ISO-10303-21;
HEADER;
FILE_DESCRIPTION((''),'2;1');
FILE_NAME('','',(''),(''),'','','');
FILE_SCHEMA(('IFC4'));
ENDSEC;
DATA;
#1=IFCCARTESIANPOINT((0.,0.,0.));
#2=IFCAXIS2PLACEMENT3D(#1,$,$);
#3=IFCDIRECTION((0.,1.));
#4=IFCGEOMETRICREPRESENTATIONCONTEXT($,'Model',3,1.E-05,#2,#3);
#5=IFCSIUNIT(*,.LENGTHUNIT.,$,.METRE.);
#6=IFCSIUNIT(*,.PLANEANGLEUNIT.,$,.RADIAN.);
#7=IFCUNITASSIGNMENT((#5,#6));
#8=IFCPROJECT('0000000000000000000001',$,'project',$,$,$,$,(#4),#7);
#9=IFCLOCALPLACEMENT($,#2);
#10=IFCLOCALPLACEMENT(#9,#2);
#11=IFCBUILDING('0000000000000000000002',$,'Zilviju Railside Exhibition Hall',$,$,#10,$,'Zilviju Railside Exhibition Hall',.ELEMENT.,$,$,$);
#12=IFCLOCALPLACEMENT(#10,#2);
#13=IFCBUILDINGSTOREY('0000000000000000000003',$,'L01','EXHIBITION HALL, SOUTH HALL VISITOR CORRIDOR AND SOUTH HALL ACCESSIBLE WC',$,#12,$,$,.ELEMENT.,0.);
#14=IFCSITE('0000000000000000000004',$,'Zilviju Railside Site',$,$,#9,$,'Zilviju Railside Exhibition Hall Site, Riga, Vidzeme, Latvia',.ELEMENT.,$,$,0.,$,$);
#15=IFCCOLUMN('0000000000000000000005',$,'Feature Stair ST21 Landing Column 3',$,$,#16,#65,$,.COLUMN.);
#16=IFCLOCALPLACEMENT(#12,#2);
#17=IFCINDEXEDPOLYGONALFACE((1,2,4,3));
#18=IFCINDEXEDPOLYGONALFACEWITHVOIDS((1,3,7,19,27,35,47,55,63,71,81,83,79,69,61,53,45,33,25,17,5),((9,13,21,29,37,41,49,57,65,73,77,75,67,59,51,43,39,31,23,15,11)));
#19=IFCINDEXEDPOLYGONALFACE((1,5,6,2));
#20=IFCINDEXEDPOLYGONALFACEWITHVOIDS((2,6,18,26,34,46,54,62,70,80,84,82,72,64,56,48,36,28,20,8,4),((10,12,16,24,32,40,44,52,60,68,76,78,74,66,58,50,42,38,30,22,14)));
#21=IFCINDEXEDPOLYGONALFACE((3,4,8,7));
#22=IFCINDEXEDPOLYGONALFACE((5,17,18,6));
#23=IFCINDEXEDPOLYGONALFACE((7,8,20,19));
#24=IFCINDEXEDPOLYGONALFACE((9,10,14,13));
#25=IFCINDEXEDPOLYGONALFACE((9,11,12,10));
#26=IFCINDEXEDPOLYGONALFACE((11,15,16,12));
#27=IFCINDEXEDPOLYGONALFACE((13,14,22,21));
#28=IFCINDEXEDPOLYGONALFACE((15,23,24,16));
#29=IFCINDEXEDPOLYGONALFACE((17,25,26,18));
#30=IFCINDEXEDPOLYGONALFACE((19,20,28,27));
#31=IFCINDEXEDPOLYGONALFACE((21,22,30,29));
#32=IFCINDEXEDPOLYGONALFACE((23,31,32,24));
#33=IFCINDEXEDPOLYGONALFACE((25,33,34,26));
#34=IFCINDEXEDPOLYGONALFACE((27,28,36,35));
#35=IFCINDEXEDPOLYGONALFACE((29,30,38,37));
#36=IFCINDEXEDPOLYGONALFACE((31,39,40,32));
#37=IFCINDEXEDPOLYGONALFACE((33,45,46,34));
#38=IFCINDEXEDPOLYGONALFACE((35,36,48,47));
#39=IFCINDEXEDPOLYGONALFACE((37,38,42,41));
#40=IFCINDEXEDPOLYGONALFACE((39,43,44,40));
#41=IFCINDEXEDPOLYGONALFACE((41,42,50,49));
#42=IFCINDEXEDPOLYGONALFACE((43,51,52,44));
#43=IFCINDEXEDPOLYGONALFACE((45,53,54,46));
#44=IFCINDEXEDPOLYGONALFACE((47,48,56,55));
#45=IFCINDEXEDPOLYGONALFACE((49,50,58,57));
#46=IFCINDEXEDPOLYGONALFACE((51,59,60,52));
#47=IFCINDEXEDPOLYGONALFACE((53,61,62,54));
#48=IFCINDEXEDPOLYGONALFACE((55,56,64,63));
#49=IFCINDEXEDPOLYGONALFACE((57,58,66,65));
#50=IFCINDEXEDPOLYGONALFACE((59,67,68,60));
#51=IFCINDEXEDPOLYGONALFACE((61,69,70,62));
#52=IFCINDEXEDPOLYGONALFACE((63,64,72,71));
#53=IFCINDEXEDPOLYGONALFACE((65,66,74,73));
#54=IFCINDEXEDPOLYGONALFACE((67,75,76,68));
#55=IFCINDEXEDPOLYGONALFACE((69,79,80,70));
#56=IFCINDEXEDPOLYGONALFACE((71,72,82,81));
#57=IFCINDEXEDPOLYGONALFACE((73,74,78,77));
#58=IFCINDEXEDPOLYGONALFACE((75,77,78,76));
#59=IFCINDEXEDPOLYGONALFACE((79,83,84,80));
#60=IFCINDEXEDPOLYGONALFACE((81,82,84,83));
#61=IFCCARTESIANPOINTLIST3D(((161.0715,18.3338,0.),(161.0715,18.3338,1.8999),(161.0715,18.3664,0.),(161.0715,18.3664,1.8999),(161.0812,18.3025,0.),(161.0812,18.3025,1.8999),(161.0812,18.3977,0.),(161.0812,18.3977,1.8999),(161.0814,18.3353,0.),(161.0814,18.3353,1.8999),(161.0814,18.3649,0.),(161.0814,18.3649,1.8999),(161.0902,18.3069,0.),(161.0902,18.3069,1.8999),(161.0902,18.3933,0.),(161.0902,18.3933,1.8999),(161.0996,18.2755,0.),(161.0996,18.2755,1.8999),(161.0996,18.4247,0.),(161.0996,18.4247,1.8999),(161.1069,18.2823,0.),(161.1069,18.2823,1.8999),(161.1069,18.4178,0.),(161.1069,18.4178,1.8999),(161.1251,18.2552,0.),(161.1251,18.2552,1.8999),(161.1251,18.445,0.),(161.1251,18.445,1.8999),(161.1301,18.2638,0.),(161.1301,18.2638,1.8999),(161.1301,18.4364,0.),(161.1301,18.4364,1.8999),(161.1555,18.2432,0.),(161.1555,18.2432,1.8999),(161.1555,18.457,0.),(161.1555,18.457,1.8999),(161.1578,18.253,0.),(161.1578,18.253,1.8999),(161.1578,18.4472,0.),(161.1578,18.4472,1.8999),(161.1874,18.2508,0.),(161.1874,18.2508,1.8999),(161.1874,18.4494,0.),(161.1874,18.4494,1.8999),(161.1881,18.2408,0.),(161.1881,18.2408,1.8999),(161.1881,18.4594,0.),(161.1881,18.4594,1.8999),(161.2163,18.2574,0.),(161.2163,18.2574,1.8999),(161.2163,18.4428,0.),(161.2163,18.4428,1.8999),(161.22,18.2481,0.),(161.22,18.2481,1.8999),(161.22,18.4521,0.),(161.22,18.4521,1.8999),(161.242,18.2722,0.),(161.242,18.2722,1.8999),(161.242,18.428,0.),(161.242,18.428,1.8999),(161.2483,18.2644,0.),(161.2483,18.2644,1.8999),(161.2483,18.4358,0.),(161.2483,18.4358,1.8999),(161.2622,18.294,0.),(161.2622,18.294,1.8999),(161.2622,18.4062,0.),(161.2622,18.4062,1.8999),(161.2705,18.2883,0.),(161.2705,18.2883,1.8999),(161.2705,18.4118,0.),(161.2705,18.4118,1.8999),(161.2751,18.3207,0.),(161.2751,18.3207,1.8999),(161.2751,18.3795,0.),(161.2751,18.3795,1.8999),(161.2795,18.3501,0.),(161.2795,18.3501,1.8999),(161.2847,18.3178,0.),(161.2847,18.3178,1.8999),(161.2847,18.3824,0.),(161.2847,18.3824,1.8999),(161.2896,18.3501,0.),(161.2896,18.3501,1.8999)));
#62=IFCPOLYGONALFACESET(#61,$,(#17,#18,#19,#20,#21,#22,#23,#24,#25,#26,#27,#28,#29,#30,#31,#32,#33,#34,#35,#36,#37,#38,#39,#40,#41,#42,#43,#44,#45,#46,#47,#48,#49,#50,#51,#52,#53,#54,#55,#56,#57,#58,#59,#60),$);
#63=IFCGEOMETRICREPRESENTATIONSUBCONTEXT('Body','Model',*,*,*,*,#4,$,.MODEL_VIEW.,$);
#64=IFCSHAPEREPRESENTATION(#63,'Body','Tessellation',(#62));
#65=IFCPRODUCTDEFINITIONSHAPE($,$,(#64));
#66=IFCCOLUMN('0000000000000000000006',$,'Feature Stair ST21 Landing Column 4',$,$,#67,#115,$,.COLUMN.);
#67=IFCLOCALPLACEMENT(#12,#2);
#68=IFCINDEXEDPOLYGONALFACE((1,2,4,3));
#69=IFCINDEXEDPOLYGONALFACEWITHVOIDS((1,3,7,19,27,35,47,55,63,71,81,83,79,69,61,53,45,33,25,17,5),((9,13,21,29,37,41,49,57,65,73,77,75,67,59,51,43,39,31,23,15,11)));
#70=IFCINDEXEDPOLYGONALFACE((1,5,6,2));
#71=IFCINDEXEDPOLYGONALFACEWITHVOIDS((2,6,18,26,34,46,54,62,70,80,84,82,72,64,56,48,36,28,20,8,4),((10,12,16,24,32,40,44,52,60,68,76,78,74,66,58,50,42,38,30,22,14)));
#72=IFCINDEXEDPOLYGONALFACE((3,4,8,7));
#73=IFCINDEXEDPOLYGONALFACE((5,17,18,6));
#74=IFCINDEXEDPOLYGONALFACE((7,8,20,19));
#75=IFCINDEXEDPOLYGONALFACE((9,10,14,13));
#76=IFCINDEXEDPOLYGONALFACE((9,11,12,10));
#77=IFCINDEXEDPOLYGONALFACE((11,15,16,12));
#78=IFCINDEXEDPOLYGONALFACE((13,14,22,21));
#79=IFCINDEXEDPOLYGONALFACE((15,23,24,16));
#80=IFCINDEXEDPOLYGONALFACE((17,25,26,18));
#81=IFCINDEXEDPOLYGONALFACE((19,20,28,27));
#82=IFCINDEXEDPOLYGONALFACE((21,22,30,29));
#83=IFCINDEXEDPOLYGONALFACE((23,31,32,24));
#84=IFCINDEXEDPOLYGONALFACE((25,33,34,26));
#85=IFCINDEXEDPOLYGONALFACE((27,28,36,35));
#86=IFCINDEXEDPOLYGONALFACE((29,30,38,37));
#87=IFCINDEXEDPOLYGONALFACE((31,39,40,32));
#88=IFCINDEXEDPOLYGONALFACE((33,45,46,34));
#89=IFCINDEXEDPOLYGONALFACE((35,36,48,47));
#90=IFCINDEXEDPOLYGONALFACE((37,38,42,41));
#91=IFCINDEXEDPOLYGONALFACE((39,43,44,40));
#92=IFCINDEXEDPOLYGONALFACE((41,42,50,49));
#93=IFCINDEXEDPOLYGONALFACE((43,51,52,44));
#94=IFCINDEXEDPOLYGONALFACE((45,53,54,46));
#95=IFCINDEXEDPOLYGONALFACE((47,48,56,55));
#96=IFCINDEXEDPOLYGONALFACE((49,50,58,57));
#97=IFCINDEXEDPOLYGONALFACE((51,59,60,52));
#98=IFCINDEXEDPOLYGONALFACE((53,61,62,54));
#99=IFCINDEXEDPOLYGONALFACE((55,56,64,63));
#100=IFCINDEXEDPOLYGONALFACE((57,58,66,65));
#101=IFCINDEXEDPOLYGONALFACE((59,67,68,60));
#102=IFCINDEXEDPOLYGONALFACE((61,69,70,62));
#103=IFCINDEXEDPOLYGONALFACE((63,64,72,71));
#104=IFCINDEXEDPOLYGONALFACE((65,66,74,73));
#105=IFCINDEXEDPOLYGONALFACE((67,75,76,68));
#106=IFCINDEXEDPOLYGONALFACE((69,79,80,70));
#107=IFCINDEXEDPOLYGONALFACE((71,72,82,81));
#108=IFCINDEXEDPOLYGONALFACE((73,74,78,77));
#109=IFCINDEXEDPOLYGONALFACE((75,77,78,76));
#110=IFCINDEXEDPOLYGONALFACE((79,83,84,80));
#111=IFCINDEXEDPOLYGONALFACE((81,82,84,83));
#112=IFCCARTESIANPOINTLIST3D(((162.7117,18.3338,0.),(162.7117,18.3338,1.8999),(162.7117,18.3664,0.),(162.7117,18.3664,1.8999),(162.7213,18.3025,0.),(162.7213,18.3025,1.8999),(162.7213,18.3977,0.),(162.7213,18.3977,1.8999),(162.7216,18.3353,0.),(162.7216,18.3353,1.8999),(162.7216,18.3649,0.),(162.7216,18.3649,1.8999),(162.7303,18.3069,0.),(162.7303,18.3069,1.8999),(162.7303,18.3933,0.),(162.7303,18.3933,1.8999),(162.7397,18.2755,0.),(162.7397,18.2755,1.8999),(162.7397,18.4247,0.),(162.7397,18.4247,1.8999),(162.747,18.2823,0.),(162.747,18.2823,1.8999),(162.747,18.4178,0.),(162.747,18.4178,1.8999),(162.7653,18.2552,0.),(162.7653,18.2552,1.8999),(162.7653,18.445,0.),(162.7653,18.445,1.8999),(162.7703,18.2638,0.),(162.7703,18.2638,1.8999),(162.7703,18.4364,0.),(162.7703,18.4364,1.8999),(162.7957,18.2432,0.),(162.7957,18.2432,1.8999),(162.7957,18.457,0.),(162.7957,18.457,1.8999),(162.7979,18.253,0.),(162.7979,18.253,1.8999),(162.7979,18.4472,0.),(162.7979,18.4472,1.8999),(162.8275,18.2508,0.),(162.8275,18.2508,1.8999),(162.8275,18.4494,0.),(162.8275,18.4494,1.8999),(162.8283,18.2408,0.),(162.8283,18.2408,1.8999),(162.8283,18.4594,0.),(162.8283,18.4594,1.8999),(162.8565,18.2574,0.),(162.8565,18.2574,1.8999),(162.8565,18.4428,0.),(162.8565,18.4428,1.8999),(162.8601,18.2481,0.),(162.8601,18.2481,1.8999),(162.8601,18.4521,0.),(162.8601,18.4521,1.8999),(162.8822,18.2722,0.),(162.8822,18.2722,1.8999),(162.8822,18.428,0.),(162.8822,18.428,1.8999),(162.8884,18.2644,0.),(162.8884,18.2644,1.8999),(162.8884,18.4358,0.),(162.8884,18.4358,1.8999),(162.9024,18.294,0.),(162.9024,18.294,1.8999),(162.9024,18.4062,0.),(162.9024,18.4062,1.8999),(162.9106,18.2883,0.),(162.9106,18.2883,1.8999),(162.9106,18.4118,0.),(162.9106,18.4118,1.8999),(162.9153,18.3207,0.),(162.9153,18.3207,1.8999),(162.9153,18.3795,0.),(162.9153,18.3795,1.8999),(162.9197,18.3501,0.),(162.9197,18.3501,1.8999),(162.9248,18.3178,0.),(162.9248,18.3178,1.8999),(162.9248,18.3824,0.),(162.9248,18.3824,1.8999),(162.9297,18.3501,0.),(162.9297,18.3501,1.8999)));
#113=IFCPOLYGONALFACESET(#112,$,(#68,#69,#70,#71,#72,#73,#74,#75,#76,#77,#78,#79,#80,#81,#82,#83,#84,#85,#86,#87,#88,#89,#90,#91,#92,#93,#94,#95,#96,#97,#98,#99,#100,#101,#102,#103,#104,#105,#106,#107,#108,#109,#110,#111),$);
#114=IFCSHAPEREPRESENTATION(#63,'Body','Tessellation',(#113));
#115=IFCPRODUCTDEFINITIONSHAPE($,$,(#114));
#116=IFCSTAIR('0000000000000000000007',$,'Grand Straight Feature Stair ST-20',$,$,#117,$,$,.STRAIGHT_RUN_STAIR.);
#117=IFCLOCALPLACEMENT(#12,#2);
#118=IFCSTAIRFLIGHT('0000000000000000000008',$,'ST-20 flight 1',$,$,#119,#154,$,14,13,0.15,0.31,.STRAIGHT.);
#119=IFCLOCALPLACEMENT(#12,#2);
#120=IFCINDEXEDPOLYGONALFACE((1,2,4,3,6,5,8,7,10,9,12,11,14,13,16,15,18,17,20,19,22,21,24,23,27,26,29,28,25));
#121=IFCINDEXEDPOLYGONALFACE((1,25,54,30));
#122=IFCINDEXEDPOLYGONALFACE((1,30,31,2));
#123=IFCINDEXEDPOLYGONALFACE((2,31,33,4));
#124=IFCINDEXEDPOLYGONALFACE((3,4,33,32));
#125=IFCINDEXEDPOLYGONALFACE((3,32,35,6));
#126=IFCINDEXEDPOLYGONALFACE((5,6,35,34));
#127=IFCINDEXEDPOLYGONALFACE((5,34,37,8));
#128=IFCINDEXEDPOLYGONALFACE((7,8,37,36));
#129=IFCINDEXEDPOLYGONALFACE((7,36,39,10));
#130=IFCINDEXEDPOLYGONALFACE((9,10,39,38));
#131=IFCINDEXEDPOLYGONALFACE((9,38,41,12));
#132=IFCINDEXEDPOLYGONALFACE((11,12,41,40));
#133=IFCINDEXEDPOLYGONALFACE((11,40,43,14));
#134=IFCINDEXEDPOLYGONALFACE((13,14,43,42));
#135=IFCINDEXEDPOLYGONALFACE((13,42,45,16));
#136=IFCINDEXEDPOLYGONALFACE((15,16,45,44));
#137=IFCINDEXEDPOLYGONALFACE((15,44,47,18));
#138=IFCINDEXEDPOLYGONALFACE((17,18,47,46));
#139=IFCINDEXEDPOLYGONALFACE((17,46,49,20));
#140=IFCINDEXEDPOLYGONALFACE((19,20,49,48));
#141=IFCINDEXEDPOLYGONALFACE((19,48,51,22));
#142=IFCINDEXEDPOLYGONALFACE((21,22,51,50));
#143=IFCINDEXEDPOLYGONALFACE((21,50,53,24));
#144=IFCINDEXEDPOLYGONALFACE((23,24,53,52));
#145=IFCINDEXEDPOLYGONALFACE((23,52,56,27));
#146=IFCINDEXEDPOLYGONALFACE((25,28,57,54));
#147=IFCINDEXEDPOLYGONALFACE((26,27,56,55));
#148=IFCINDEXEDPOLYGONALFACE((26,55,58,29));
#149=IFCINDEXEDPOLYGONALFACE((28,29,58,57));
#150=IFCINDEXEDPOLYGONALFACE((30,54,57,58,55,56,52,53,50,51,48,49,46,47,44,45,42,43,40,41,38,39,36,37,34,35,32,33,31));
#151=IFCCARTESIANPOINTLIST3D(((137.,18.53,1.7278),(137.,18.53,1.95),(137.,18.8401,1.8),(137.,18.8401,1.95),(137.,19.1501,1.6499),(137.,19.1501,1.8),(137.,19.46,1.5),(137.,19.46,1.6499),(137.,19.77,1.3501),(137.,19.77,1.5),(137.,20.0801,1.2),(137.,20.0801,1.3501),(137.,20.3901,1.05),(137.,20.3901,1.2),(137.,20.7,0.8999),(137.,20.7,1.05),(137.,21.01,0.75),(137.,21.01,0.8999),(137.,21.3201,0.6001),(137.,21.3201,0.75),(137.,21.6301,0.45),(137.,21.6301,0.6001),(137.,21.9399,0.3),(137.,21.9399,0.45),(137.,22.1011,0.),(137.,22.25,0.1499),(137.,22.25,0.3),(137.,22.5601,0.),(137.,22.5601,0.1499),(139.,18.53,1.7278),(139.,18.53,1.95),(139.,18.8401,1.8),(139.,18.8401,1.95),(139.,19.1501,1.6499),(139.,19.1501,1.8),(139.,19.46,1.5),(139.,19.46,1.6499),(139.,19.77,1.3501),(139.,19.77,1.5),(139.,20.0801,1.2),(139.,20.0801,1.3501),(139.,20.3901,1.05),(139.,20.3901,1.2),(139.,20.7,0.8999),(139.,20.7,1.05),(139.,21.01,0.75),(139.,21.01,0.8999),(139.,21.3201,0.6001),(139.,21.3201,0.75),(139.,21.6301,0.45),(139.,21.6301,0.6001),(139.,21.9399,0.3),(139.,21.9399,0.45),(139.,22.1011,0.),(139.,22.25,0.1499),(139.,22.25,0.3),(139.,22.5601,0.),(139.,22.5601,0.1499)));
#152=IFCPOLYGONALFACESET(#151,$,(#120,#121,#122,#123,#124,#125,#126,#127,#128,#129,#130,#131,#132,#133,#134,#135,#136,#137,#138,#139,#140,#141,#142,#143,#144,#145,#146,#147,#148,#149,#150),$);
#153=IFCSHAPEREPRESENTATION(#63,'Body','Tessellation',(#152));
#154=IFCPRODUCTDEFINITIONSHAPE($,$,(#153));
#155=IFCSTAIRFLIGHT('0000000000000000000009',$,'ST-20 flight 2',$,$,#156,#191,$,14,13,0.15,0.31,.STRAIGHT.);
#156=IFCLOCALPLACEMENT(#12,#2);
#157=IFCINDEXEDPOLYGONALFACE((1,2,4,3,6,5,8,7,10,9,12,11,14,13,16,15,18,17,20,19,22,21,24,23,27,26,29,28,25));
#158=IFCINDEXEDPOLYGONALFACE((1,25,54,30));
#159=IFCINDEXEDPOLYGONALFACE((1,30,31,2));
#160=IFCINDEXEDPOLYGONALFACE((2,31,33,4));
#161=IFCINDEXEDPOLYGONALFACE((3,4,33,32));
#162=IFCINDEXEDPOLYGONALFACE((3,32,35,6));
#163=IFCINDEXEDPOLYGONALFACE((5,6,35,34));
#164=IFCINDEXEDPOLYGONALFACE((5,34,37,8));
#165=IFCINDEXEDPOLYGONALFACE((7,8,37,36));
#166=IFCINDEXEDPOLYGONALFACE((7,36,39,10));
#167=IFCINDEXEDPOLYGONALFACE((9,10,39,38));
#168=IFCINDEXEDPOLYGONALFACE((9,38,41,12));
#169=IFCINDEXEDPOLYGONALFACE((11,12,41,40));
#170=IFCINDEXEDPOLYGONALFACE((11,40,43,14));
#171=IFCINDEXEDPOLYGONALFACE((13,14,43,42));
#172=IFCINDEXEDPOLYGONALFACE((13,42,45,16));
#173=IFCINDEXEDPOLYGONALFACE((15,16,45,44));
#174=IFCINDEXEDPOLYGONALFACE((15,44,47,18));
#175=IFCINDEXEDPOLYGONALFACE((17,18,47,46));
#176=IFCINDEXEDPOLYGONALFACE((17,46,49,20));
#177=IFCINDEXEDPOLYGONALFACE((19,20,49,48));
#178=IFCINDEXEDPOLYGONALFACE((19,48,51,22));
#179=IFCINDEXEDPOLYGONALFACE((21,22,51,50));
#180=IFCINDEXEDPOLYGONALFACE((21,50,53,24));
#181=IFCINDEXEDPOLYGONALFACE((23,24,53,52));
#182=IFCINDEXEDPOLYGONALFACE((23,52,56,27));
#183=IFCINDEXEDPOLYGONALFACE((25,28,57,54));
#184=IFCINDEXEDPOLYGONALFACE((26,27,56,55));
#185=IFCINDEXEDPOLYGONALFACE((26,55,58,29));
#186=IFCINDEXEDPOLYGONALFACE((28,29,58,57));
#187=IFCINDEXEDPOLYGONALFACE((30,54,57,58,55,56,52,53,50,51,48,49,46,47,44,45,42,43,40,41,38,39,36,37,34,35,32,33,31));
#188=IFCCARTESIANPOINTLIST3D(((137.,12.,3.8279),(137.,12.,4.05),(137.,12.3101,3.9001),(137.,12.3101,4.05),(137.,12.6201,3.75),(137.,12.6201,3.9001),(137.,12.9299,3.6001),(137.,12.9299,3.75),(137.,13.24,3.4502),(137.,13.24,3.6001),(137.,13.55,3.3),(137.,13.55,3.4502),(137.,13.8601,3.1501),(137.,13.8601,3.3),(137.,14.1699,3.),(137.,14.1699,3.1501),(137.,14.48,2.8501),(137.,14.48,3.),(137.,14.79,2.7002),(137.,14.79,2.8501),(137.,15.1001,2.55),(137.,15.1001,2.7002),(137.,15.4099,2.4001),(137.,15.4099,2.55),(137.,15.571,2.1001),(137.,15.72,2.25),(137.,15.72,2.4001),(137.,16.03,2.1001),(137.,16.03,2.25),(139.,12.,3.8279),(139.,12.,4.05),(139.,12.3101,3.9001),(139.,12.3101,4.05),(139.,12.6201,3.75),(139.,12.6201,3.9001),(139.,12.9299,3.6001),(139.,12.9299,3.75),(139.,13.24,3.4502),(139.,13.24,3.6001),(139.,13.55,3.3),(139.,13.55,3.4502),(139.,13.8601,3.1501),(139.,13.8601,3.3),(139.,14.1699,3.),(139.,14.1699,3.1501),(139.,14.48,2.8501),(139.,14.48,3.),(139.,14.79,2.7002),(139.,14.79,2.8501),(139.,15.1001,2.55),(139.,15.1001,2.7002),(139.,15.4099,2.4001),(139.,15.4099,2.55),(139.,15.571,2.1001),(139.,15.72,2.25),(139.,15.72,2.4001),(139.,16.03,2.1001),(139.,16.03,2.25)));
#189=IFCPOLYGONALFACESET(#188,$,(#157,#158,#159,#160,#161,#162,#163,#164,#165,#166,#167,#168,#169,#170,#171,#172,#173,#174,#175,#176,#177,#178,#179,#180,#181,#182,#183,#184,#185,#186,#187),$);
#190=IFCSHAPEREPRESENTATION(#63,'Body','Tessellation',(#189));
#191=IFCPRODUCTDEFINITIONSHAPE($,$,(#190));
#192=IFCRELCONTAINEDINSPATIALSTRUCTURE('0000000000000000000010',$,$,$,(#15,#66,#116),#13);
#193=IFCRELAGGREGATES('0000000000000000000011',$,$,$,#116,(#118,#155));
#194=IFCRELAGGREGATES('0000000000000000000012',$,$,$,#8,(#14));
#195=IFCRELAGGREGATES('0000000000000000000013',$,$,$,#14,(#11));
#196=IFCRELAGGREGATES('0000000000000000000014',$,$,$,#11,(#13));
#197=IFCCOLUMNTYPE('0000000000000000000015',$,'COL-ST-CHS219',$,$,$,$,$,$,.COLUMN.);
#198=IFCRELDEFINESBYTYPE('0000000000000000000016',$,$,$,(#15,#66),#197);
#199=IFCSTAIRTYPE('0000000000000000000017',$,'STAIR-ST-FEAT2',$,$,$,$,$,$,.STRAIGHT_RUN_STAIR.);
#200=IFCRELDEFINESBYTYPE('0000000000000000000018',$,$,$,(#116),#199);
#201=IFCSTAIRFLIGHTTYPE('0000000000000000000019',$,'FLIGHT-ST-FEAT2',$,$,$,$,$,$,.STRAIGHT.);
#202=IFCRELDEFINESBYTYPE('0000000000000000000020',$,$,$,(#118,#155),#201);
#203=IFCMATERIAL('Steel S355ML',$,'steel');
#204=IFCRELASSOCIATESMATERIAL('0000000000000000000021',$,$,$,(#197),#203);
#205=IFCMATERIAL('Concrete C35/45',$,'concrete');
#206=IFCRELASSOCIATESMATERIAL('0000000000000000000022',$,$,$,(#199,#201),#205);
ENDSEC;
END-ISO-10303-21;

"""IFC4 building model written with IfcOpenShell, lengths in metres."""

from ifc_helpers import new_model, si_unit, direction, frame, origin, origin_2d, place, context, subcontext, project, spatial, polyline, hollow_circle, outline, extrude, material, material_profile, profile_set, type_object, element, aggregate, save


model = new_model("IFC4")

# Units and contexts
model_context = context("Model", 3, precision=1e-05, world=origin(), true_north=direction((0.0, 1.0)))
body_context = subcontext(model_context, "Body", "Model", "MODEL_VIEW")
ifc_project = project(units=[si_unit("LENGTHUNIT", "METRE"), si_unit("PLANEANGLEUNIT", "RADIAN")], contexts=[model_context])

# Site, building, storey
site_placement = place(None, origin())
site = spatial("IfcSite", under=ifc_project, at=site_placement, Name="Zilviju Railside Site", LongName="Zilviju Railside Exhibition Hall Site, Riga, Vidzeme, Latvia", CompositionType="ELEMENT", RefElevation=0.0)
building_placement = place(site_placement, origin())
building = spatial("IfcBuilding", under=site, at=building_placement, Name="Zilviju Railside Exhibition Hall", LongName="Zilviju Railside Exhibition Hall", CompositionType="ELEMENT")
storey_placement = place(building_placement, origin())
storey = spatial("IfcBuildingStorey", under=building, at=storey_placement, Name="L01", Description="EXHIBITION HALL, SOUTH HALL VISITOR CORRIDOR AND SOUTH HALL ACCESSIBLE WC", CompositionType="ELEMENT", Elevation=0.0)

# Shared definitions
ifc_material_1 = material(Name="Concrete C35/45", Category="concrete")

# Columns
ifc_material_2 = material(Name="Steel S355ML", Category="steel")
ifc_material_profile_1 = material_profile(ifc_material_2, hollow_circle(Radius=0.1096, WallThickness=0.01, at=origin_2d()), Name="CHS 219.1x10.0")
ifc_profile_set_1 = profile_set([ifc_material_profile_1], Name="Steel S355ML")
column_type_1 = type_object("IfcColumnType", Name="COL-ST-CHS219", PredefinedType="COLUMN", material=ifc_profile_set_1)
for number, where, z_axis, x_axis, name in (
    (1, (161.1799, 18.3501, 0.0), (0.0, 0.0, 1.0), (1.0, 0.0, 0.0), "Feature Stair ST21 Landing Column 3"),
    (2, (162.8201, 18.3501, 0.0), (0.0, 0.0, 1.0), (1.0, 0.0, 0.0), "Feature Stair ST21 Landing Column 4"),
):
    element("IfcColumn", number, at=place(storey_placement, frame(where, z_axis=z_axis, x_axis=x_axis)), inside=storey, type_object=column_type_1, Name=name, PredefinedType="COLUMN", context=body_context, shape_type="SweptSolid", body=[
        extrude(hollow_circle(Radius=0.1096, WallThickness=0.01, at=origin_2d()), origin(), (0.0, 0.0, 1.0), 1.8999),
    ])

# Stair, stair flights
stair_type = type_object("IfcStairType", Name="STAIR-ST-FEAT2", PredefinedType="STRAIGHT_RUN_STAIR", material=ifc_material_1)
stair_1_placement = place(storey_placement, origin())
stair_1 = element("IfcStair", 3, at=stair_1_placement, inside=storey, type_object=stair_type, Name="Grand Straight Feature Stair ST-20", PredefinedType="STRAIGHT_RUN_STAIR")
stair_flight_type = type_object("IfcStairFlightType", Name="FLIGHT-ST-FEAT2", PredefinedType="STRAIGHT", material=ifc_material_1)
stair_flight_1_placement = place(storey_placement, frame((138.0, 22.5601, 0.0), z_axis=(0.0, 0.0, 1.0), x_axis=(0.0, -1.0, 0.0)))
stair_flight_1 = element("IfcStairFlight", 4, at=stair_flight_1_placement, type_object=stair_flight_type, Name="ST-20 flight 1", NumberOfRisers=14, NumberOfTreads=13, PredefinedType="STRAIGHT", RiserHeight=0.15, TreadLength=0.31, context=body_context, shape_type="SweptSolid", body=[
    extrude(outline(polyline([(0.0, 0.0), (0.0, 0.1499), (0.3101, 0.1499), (0.3101, 0.3), (0.6201, 0.3), (0.6201, 0.45), (0.9299, 0.45), (0.9299, 0.6001), (1.24, 0.6001), (1.24, 0.75), (1.55, 0.75), (1.55, 0.8999), (1.8601, 0.8999), (1.8601, 1.05), (2.1699, 1.05), (2.1699, 1.2), (2.48, 1.2), (2.48, 1.3501), (2.79, 1.3501), (2.79, 1.5), (3.1001, 1.5), (3.1001, 1.6499), (3.4099, 1.6499), (3.4099, 1.8), (3.72, 1.8), (3.72, 1.95), (4.03, 1.95), (4.03, 2.1001), (4.03, 1.7278), (0.459, 0.0), (0.0, 0.0)])), frame((0.0, 1.0, 0.0), z_axis=(0.0, -1.0, 0.0), x_axis=(1.0, 0.0, 0.0)), (0.0, 0.0, 1.0), 2.0),
])
stair_flight_2_placement = place(storey_placement, frame((138.0, 16.03, 2.1001), z_axis=(0.0, 0.0, 1.0), x_axis=(0.0, -1.0, 0.0)))
stair_flight_2 = element("IfcStairFlight", 5, at=stair_flight_2_placement, type_object=stair_flight_type, Name="ST-20 flight 2", NumberOfRisers=14, NumberOfTreads=13, PredefinedType="STRAIGHT", RiserHeight=0.15, TreadLength=0.31, context=body_context, shape_type="SweptSolid", body=[
    extrude(outline(polyline([(0.0, 0.0), (0.0, 0.1499), (0.3101, 0.1499), (0.3101, 0.3), (0.6201, 0.3), (0.6201, 0.45), (0.9299, 0.45), (0.9299, 0.6001), (1.24, 0.6001), (1.24, 0.75), (1.55, 0.75), (1.55, 0.8999), (1.8601, 0.8999), (1.8601, 1.05), (2.1699, 1.05), (2.1699, 1.2), (2.48, 1.2), (2.48, 1.3501), (2.79, 1.3501), (2.79, 1.5), (3.1001, 1.5), (3.1001, 1.6499), (3.4099, 1.6499), (3.4099, 1.8), (3.72, 1.8), (3.72, 1.95), (4.03, 1.95), (4.03, 2.1001), (4.03, 1.7278), (0.459, 0.0), (0.0, 0.0)])), frame((0.0, 1.0, 0.0), z_axis=(0.0, -1.0, 0.0), x_axis=(1.0, 0.0, 0.0)), (0.0, 0.0, 1.0), 2.0),
])
aggregate(stair_1, [stair_flight_1, stair_flight_2])

save(model, "model.ifc")
